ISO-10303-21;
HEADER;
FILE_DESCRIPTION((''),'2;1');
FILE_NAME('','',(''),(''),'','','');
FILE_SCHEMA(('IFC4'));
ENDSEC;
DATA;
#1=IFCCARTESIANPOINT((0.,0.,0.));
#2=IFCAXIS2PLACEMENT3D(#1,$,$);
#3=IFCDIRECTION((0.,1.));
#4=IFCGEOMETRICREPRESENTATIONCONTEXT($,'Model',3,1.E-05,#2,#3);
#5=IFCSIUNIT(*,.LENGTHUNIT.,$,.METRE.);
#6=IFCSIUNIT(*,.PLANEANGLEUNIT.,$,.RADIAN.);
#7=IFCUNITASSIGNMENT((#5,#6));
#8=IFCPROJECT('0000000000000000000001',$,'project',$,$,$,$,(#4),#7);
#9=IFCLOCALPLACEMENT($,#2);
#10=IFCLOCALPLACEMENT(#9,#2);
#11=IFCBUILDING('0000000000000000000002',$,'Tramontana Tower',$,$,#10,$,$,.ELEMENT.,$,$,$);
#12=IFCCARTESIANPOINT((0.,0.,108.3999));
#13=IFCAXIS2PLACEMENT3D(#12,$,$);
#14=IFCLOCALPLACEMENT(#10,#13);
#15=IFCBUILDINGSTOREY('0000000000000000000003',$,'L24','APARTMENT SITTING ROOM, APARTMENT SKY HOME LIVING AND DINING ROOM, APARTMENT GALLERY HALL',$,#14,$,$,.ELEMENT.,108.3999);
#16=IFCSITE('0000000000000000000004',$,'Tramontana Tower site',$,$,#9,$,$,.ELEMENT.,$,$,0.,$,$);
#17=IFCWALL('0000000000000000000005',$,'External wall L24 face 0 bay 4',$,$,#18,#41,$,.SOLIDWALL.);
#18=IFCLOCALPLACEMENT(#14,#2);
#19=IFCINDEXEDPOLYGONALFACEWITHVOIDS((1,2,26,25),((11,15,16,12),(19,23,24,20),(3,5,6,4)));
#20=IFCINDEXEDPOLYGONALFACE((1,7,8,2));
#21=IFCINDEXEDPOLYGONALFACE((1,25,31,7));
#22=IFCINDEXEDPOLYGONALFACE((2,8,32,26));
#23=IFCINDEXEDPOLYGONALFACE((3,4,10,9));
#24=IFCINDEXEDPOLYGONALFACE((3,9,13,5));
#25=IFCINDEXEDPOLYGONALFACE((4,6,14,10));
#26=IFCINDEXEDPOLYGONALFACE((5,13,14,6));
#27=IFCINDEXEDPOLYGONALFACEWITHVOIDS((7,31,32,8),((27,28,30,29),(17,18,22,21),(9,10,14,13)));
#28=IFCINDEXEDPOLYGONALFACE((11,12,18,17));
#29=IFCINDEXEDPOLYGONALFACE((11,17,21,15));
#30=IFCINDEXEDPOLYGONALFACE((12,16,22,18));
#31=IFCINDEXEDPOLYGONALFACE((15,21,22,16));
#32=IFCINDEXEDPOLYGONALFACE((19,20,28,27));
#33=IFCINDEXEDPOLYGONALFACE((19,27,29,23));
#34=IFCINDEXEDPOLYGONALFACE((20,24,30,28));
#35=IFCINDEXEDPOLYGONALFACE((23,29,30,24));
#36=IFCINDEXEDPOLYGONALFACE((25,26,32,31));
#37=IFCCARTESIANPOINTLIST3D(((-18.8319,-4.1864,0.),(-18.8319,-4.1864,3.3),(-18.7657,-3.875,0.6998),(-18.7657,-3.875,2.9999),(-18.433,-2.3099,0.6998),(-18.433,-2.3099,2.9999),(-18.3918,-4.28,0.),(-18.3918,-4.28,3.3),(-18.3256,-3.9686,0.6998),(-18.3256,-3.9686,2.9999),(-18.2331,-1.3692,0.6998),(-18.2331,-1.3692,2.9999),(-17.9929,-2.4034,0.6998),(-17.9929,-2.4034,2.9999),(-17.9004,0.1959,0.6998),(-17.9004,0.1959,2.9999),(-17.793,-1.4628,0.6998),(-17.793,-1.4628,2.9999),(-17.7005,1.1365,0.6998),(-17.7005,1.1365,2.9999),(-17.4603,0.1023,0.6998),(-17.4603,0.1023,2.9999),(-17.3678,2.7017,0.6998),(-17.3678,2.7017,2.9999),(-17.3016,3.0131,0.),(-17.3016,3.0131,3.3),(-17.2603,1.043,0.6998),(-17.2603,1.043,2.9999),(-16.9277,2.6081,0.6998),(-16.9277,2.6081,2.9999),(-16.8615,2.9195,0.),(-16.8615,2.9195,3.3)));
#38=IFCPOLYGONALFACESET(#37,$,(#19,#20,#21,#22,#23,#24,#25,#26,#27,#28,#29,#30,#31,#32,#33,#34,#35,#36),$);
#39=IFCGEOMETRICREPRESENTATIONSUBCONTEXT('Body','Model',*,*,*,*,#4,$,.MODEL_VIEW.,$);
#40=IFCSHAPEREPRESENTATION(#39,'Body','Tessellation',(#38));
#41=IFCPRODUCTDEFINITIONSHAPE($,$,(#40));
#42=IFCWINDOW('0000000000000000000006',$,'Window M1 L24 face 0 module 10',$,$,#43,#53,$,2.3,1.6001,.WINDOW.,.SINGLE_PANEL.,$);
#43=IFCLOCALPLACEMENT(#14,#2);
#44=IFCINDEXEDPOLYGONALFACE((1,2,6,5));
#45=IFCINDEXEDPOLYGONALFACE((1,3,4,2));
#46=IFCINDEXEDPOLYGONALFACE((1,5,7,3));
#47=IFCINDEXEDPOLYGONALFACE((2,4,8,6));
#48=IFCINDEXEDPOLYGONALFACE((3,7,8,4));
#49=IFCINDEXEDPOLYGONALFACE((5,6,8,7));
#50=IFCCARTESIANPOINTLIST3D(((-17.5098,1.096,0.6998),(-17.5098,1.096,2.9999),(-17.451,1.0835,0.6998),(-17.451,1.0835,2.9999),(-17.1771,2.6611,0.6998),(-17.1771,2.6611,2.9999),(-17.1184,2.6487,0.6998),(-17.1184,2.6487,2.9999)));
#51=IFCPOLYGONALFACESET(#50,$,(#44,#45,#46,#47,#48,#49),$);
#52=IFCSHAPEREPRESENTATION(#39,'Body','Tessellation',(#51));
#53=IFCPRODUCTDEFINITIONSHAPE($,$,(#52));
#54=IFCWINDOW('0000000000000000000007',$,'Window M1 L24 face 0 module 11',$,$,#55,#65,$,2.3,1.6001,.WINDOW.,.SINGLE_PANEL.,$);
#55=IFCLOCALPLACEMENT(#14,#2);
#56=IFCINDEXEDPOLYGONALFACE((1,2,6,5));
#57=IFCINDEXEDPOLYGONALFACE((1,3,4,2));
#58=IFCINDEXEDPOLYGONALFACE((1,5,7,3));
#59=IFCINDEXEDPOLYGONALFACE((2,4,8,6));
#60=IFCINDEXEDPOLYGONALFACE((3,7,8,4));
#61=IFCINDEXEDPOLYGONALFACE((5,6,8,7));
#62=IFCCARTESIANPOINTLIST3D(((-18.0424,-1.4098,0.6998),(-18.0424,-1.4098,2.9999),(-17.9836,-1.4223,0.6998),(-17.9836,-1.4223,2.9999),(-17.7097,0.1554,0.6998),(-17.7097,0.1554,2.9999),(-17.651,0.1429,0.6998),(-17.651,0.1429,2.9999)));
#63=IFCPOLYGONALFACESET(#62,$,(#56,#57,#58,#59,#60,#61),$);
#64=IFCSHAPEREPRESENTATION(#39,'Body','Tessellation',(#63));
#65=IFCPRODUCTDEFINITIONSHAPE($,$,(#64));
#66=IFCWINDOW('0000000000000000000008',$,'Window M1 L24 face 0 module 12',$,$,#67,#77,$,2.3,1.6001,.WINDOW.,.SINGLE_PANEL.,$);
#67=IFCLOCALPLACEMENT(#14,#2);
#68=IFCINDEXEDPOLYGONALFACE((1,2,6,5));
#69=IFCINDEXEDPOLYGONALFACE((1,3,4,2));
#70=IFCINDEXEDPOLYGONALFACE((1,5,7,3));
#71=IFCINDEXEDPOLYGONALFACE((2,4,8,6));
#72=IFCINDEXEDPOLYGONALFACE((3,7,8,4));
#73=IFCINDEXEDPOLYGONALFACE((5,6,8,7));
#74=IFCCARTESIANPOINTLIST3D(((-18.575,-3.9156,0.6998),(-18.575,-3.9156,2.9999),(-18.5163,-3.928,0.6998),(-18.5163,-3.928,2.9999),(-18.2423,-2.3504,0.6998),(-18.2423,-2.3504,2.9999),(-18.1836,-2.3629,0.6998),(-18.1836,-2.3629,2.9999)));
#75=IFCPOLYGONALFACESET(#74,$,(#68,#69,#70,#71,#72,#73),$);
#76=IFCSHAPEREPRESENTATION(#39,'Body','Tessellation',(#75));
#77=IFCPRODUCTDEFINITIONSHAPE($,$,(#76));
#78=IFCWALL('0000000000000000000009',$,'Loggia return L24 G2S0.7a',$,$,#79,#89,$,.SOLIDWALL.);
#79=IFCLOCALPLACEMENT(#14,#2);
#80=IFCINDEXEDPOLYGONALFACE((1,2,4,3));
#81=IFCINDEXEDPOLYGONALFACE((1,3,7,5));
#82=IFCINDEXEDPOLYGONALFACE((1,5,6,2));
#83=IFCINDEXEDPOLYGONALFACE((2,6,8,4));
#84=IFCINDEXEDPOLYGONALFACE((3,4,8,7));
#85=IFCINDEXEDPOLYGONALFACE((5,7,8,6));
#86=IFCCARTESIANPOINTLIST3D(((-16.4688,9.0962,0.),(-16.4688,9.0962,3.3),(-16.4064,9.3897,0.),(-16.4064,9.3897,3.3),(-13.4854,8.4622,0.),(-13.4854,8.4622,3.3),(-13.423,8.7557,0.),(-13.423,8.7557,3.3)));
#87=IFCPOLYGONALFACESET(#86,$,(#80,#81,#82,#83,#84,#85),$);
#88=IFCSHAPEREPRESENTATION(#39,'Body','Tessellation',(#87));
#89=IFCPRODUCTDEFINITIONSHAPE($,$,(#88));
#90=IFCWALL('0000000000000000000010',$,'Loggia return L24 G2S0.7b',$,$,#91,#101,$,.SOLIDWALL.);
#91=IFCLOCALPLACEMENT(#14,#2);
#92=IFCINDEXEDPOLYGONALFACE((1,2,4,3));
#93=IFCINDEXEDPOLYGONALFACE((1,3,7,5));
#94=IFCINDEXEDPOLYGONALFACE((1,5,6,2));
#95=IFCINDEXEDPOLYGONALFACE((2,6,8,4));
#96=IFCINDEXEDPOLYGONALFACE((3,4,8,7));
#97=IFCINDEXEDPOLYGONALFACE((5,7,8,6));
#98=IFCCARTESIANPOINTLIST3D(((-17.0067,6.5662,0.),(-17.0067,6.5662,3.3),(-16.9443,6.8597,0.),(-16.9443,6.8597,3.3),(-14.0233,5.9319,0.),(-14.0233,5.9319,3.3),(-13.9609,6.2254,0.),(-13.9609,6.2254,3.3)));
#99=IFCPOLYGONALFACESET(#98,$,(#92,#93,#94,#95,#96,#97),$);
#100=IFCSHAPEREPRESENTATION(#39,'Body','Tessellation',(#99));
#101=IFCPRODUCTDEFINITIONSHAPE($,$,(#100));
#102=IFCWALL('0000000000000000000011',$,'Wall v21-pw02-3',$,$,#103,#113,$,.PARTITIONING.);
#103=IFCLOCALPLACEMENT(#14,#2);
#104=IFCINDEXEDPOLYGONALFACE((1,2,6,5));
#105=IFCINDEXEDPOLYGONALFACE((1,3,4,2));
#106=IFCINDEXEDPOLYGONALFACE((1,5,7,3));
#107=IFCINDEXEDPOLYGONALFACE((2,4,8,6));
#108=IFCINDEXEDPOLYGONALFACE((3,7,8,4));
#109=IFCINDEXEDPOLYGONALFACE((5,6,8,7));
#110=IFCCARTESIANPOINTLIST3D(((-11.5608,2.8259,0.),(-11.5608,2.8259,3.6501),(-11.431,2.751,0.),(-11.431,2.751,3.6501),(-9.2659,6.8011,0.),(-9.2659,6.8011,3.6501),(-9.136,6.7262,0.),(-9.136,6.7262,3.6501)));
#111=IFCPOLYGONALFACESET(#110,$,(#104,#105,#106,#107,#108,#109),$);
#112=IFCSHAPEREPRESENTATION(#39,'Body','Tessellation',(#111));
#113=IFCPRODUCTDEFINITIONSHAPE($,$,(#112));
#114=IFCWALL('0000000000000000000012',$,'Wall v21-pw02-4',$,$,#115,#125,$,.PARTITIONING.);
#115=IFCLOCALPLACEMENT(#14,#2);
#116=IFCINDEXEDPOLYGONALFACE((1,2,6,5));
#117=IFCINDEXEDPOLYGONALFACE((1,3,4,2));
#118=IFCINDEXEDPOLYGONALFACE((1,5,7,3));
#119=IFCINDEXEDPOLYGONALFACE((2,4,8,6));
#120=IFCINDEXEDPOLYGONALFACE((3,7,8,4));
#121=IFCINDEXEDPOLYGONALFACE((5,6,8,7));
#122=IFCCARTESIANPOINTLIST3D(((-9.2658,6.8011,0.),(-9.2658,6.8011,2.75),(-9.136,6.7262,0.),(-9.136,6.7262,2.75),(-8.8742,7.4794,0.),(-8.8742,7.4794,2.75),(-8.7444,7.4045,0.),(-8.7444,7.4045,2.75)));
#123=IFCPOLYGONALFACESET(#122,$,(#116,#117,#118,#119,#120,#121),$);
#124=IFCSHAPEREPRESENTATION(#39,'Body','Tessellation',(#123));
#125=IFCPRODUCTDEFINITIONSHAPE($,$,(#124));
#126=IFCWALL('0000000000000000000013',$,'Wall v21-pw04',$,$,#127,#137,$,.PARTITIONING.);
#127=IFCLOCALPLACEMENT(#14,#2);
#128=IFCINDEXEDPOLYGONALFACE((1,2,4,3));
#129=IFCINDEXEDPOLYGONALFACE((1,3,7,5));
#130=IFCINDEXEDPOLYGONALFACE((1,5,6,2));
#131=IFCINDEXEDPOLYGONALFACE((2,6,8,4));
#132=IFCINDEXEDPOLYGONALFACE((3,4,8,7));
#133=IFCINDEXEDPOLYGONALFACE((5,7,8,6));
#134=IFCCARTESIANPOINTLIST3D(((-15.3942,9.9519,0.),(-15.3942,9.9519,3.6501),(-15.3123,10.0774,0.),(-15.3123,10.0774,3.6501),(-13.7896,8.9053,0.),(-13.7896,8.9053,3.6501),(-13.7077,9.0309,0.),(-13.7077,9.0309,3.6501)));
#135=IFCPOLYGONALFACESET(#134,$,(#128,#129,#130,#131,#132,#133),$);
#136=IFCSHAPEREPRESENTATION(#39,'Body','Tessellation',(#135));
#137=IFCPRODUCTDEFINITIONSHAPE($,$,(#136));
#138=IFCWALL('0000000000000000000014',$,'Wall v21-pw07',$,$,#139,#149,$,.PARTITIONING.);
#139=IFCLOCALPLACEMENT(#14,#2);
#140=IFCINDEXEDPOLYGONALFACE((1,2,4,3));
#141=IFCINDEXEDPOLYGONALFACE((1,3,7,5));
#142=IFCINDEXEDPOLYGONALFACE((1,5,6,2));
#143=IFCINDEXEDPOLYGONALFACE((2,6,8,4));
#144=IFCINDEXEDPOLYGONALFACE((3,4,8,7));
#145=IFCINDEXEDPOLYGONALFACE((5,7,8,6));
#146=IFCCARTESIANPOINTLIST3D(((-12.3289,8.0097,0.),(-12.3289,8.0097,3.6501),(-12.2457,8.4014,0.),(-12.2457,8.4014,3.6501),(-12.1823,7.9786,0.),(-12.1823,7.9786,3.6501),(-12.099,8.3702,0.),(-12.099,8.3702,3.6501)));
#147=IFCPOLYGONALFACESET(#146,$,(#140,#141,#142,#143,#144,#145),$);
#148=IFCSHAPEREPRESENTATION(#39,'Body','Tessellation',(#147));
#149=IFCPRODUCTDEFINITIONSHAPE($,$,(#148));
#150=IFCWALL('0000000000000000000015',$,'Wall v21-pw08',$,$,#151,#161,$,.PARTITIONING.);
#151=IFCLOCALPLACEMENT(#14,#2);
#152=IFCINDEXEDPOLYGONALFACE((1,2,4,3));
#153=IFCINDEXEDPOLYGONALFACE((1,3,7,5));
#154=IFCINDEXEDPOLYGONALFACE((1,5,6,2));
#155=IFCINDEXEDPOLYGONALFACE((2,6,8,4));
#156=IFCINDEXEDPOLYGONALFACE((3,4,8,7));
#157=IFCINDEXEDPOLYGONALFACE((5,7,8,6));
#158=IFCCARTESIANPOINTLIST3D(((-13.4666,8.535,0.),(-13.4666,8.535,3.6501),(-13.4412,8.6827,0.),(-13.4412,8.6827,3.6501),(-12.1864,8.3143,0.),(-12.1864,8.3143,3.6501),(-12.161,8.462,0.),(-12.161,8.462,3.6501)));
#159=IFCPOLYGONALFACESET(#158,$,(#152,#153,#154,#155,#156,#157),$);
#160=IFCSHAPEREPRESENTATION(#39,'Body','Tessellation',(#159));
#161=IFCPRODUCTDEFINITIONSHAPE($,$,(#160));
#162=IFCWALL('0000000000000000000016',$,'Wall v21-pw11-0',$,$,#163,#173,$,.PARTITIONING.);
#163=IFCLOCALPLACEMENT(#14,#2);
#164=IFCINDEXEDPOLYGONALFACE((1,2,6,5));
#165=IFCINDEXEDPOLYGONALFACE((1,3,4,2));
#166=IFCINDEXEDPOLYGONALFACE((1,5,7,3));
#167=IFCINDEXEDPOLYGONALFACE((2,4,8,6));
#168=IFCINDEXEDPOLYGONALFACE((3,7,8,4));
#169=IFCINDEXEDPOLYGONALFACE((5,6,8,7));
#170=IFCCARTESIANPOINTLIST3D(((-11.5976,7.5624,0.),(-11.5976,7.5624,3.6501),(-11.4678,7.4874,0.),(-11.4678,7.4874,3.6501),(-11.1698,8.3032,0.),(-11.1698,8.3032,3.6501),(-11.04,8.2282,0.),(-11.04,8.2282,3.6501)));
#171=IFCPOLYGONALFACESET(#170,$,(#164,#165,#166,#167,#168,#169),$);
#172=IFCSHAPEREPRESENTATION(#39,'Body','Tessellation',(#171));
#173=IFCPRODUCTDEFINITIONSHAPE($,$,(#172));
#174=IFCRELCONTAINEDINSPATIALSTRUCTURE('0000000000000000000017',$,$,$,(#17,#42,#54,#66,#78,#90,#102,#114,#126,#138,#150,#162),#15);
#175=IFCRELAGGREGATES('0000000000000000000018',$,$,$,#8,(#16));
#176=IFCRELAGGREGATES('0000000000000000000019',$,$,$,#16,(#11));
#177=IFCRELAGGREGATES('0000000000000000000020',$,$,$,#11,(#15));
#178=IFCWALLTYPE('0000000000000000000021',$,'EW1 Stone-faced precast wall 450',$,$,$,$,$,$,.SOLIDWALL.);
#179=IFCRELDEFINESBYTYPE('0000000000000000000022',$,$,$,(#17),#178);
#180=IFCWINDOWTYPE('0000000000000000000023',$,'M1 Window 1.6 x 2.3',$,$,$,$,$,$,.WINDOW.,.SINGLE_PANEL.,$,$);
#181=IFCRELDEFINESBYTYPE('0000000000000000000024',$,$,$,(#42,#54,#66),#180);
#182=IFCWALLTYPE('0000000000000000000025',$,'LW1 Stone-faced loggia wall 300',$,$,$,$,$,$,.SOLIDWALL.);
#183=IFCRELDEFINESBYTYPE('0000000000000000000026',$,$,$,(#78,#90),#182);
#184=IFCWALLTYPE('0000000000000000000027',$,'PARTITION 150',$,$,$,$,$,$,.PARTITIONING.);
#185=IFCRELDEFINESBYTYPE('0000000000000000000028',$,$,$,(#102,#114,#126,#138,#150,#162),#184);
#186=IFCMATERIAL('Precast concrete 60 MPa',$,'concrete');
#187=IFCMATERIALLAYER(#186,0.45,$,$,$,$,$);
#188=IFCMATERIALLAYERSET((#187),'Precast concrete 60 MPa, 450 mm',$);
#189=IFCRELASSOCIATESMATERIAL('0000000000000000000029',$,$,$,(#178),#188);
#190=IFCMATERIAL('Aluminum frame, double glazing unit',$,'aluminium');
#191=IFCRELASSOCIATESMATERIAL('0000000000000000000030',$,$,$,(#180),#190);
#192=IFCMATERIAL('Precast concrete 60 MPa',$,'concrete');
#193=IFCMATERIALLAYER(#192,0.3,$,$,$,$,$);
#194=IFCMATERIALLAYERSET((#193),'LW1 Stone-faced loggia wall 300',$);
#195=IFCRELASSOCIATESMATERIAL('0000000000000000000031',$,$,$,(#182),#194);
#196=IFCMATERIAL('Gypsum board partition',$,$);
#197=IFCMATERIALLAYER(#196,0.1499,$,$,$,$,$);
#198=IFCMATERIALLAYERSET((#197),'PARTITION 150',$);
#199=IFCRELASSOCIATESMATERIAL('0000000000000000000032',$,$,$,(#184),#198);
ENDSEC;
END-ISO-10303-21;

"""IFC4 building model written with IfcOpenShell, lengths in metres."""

from ifc_helpers import new_model, si_unit, direction, frame, frame_2d, origin, place, context, subcontext, project, spatial, rectangle, extrude, material, layer, layer_set, type_object, element, fill, save


model = new_model("IFC4")

# Units and contexts
model_context = context("Model", 3, precision=1e-05, world=origin(), true_north=direction((0.0, 1.0)))
body_context = subcontext(model_context, "Body", "Model", "MODEL_VIEW")
ifc_project = project(units=[si_unit("LENGTHUNIT", "METRE"), si_unit("PLANEANGLEUNIT", "RADIAN")], contexts=[model_context])

# Site, building, storey
site_placement = place(None, origin())
site = spatial("IfcSite", under=ifc_project, at=site_placement, Name="Tramontana Tower site", CompositionType="ELEMENT", RefElevation=0.0)
building_placement = place(site_placement, origin())
building = spatial("IfcBuilding", under=site, at=building_placement, Name="Tramontana Tower", CompositionType="ELEMENT")
storey_placement = place(building_placement, frame((0.0, 0.0, 108.3999)))
storey = spatial("IfcBuildingStorey", under=building, at=storey_placement, Name="L24", Description="APARTMENT SITTING ROOM, APARTMENT SKY HOME LIVING AND DINING ROOM, APARTMENT GALLERY HALL", CompositionType="ELEMENT", Elevation=108.3999)

# Shared definitions
ifc_material_1 = material(Name="Precast concrete 60 MPa", Category="concrete")
ifc_layer_1 = layer(ifc_material_1, 0.45)
ifc_layer_set_1 = layer_set([ifc_layer_1], Name="Precast concrete 60 MPa, 450 mm")
wall_type_1 = type_object("IfcWallType", Name="EW1 Stone-faced precast wall 450", PredefinedType="SOLIDWALL", material=ifc_layer_set_1)
ifc_material_2 = material(Name="Aluminum frame, double glazing unit", Category="aluminium")
window_type = type_object("IfcWindowType", Name="M1 Window 1.6 x 2.3", PartitioningType="SINGLE_PANEL", PredefinedType="WINDOW", material=ifc_material_2)

# Wall, openings, windows
wall_1_placement = place(storey_placement, frame((-17.0815, 2.9663, 0.0), z_axis=(0.0, 0.0, 1.0), x_axis=(-0.207909, -0.978148, 0.0)))
wall_1 = element("IfcWall", 1, at=wall_1_placement, inside=storey, type_object=wall_type_1, Name="External wall L24 face 0 bay 4", PredefinedType="SOLIDWALL", context=body_context, shape_type="SweptSolid", body=[
    extrude(rectangle(XDim=7.3604, YDim=0.45, at=frame_2d((3.6802, 0.0))), origin(), (0.0, 0.0, 1.0), 3.3),
])
opening_1_placement = place(wall_1_placement, frame((0.3184, 0.0, 0.7)))
opening_1 = element("IfcOpeningElement", 2, at=opening_1_placement, cuts=wall_1, PredefinedType="OPENING", context=body_context, shape_type="SweptSolid", body=[
    extrude(rectangle(XDim=1.6001, YDim=2.3, at=frame_2d((0.8, 1.1499))), frame((0.0, 0.2349, 0.0), z_axis=(0.0, -1.0, 0.0), x_axis=(1.0, 0.0, 0.0)), (0.0, 0.0, 1.0), 0.47),
])
opening_2_placement = place(wall_1_placement, frame((2.8801, 0.0, 0.7)))
opening_2 = element("IfcOpeningElement", 3, at=opening_2_placement, cuts=wall_1, PredefinedType="OPENING", context=body_context, shape_type="SweptSolid", body=[
    extrude(rectangle(XDim=1.6001, YDim=2.3, at=frame_2d((0.8, 1.1499))), frame((0.0, 0.2349, 0.0), z_axis=(0.0, -1.0, 0.0), x_axis=(1.0, 0.0, 0.0)), (0.0, 0.0, 1.0), 0.47),
])
opening_3_placement = place(wall_1_placement, frame((5.4419, 0.0, 0.7)))
opening_3 = element("IfcOpeningElement", 4, at=opening_3_placement, cuts=wall_1, PredefinedType="OPENING", context=body_context, shape_type="SweptSolid", body=[
    extrude(rectangle(XDim=1.6001, YDim=2.3, at=frame_2d((0.8, 1.1499))), frame((0.0, 0.2349, 0.0), z_axis=(0.0, -1.0, 0.0), x_axis=(1.0, 0.0, 0.0)), (0.0, 0.0, 1.0), 0.47),
])
window_1_placement = place(opening_1_placement, origin())
window_1 = element("IfcWindow", 5, at=window_1_placement, inside=storey, type_object=window_type, Name="Window M1 L24 face 0 module 10", OverallHeight=2.3, OverallWidth=1.6001, PartitioningType="SINGLE_PANEL", PredefinedType="WINDOW", context=body_context, shape_type="SweptSolid", body=[
    extrude(rectangle(XDim=1.6001, YDim=2.3, at=frame_2d((0.8, 1.1499))), frame((0.0, 0.03, 0.0), z_axis=(0.0, -1.0, 0.0), x_axis=(1.0, 0.0, 0.0)), (0.0, 0.0, 1.0), 0.0601),
])
fill(opening_1, window_1)
window_2_placement = place(opening_2_placement, origin())
window_2 = element("IfcWindow", 6, at=window_2_placement, inside=storey, type_object=window_type, Name="Window M1 L24 face 0 module 11", OverallHeight=2.3, OverallWidth=1.6001, PartitioningType="SINGLE_PANEL", PredefinedType="WINDOW", context=body_context, shape_type="SweptSolid", body=[
    extrude(rectangle(XDim=1.6001, YDim=2.3, at=frame_2d((0.8, 1.1499))), frame((0.0, 0.03, 0.0), z_axis=(0.0, -1.0, 0.0), x_axis=(1.0, 0.0, 0.0)), (0.0, 0.0, 1.0), 0.0601),
])
fill(opening_2, window_2)
window_3_placement = place(opening_3_placement, origin())
window_3 = element("IfcWindow", 7, at=window_3_placement, inside=storey, type_object=window_type, Name="Window M1 L24 face 0 module 12", OverallHeight=2.3, OverallWidth=1.6001, PartitioningType="SINGLE_PANEL", PredefinedType="WINDOW", context=body_context, shape_type="SweptSolid", body=[
    extrude(rectangle(XDim=1.6001, YDim=2.3, at=frame_2d((0.8, 1.1499))), frame((0.0, 0.03, 0.0), z_axis=(0.0, -1.0, 0.0), x_axis=(1.0, 0.0, 0.0)), (0.0, 0.0, 1.0), 0.0601),
])
fill(opening_3, window_3)

# Shared definitions
ifc_material_3 = material(Name="Precast concrete 60 MPa", Category="concrete")
ifc_layer_2 = layer(ifc_material_3, 0.3)
ifc_layer_set_2 = layer_set([ifc_layer_2], Name="LW1 Stone-faced loggia wall 300")
wall_type_2 = type_object("IfcWallType", Name="LW1 Stone-faced loggia wall 300", PredefinedType="SOLIDWALL", material=ifc_layer_set_2)

# Walls
for number, where, z_axis, x_axis, name in (
    (8, (-16.4375, 9.2429, 0.0), (0.0, 0.0, 1.0), (0.978155, -0.207878, 0.0), "Loggia return L24 G2S0.7a"),
    (9, (-16.9753, 6.7129, 0.0), (0.0, 0.0, 1.0), (0.978139, -0.207954, 0.0), "Loggia return L24 G2S0.7b"),
):
    element("IfcWall", number, at=place(storey_placement, frame(where, z_axis=z_axis, x_axis=x_axis)), inside=storey, type_object=wall_type_2, Name=name, PredefinedType="SOLIDWALL", context=body_context, shape_type="SweptSolid", body=[
        extrude(rectangle(XDim=3.05, YDim=0.3, at=frame_2d((1.5249, 0.0))), origin(), (0.0, 0.0, 1.0), 3.3),
    ])

# Shared definitions
ifc_material_4 = material(Name="Gypsum board partition")
ifc_layer_3 = layer(ifc_material_4, 0.1499)
ifc_layer_set_3 = layer_set([ifc_layer_3], Name="PARTITION 150")
wall_type_3 = type_object("IfcWallType", Name="PARTITION 150", PredefinedType="PARTITIONING", material=ifc_layer_set_3)

# Walls
wall_2_placement = place(storey_placement, frame((-11.4958, 2.7886, 0.0), z_axis=(0.0, 0.0, 1.0), x_axis=(0.499983, 0.866035, 0.0)))
element("IfcWall", 10, at=wall_2_placement, inside=storey, type_object=wall_type_3, Name="Wall v21-pw02-3", PredefinedType="PARTITIONING", context=body_context, shape_type="SweptSolid", body=[
    extrude(rectangle(XDim=4.5901, YDim=0.1499, at=frame_2d((2.2949, 0.0))), origin(), (0.0, 0.0, 1.0), 3.6501),
])
wall_3_placement = place(storey_placement, frame((-9.2009, 6.7637, 0.0), z_axis=(0.0, 0.0, 1.0), x_axis=(0.500028, 0.866009, 0.0)))
element("IfcWall", 11, at=wall_3_placement, inside=storey, type_object=wall_type_3, Name="Wall v21-pw02-4", PredefinedType="PARTITIONING", context=body_context, shape_type="SweptSolid", body=[
    extrude(rectangle(XDim=0.7832, YDim=0.1499, at=frame_2d((0.3916, 0.0))), origin(), (0.0, 0.0, 1.0), 2.75),
])

# Walls
wall_4_placement = place(storey_placement, frame((-13.7485, 8.968, 0.0), z_axis=(0.0, 0.0, 1.0), x_axis=(-0.837595, 0.546291, 0.0)))
element("IfcWall", 12, at=wall_4_placement, inside=storey, type_object=wall_type_3, Name="Wall v21-pw04", PredefinedType="PARTITIONING", context=body_context, shape_type="SweptSolid", body=[
    extrude(rectangle(XDim=1.9158, YDim=0.1499, at=frame_2d((0.958, 0.0))), origin(), (0.0, 0.0, 1.0), 3.6501),
])
wall_5_placement = place(storey_placement, frame((-12.2556, 7.9941, 0.0), z_axis=(0.0, 0.0, 1.0), x_axis=(0.207946, 0.97814, 0.0)))
element("IfcWall", 13, at=wall_5_placement, inside=storey, type_object=wall_type_3, Name="Wall v21-pw07", PredefinedType="PARTITIONING", context=body_context, shape_type="SweptSolid", body=[
    extrude(rectangle(XDim=0.4004, YDim=0.1499, at=frame_2d((0.2002, 0.0))), origin(), (0.0, 0.0, 1.0), 3.6501),
])
wall_6_placement = place(storey_placement, frame((-12.1738, 8.3882, 0.0), z_axis=(0.0, 0.0, 1.0), x_axis=(-0.985464, 0.169882, 0.0)))
element("IfcWall", 14, at=wall_6_placement, inside=storey, type_object=wall_type_3, Name="Wall v21-pw08", PredefinedType="PARTITIONING", context=body_context, shape_type="SweptSolid", body=[
    extrude(rectangle(XDim=1.2991, YDim=0.1499, at=frame_2d((0.6494, 0.0))), origin(), (0.0, 0.0, 1.0), 3.6501),
])
wall_7_placement = place(storey_placement, frame((-11.5327, 7.5249, 0.0), z_axis=(0.0, 0.0, 1.0), x_axis=(0.500068, 0.865986, 0.0)))
element("IfcWall", 15, at=wall_7_placement, inside=storey, type_object=wall_type_3, Name="Wall v21-pw11-0", PredefinedType="PARTITIONING", context=body_context, shape_type="SweptSolid", body=[
    extrude(rectangle(XDim=0.8555, YDim=0.1499, at=frame_2d((0.4277, 0.0))), origin(), (0.0, 0.0, 1.0), 3.6501),
])

save(model, "model.ifc")
